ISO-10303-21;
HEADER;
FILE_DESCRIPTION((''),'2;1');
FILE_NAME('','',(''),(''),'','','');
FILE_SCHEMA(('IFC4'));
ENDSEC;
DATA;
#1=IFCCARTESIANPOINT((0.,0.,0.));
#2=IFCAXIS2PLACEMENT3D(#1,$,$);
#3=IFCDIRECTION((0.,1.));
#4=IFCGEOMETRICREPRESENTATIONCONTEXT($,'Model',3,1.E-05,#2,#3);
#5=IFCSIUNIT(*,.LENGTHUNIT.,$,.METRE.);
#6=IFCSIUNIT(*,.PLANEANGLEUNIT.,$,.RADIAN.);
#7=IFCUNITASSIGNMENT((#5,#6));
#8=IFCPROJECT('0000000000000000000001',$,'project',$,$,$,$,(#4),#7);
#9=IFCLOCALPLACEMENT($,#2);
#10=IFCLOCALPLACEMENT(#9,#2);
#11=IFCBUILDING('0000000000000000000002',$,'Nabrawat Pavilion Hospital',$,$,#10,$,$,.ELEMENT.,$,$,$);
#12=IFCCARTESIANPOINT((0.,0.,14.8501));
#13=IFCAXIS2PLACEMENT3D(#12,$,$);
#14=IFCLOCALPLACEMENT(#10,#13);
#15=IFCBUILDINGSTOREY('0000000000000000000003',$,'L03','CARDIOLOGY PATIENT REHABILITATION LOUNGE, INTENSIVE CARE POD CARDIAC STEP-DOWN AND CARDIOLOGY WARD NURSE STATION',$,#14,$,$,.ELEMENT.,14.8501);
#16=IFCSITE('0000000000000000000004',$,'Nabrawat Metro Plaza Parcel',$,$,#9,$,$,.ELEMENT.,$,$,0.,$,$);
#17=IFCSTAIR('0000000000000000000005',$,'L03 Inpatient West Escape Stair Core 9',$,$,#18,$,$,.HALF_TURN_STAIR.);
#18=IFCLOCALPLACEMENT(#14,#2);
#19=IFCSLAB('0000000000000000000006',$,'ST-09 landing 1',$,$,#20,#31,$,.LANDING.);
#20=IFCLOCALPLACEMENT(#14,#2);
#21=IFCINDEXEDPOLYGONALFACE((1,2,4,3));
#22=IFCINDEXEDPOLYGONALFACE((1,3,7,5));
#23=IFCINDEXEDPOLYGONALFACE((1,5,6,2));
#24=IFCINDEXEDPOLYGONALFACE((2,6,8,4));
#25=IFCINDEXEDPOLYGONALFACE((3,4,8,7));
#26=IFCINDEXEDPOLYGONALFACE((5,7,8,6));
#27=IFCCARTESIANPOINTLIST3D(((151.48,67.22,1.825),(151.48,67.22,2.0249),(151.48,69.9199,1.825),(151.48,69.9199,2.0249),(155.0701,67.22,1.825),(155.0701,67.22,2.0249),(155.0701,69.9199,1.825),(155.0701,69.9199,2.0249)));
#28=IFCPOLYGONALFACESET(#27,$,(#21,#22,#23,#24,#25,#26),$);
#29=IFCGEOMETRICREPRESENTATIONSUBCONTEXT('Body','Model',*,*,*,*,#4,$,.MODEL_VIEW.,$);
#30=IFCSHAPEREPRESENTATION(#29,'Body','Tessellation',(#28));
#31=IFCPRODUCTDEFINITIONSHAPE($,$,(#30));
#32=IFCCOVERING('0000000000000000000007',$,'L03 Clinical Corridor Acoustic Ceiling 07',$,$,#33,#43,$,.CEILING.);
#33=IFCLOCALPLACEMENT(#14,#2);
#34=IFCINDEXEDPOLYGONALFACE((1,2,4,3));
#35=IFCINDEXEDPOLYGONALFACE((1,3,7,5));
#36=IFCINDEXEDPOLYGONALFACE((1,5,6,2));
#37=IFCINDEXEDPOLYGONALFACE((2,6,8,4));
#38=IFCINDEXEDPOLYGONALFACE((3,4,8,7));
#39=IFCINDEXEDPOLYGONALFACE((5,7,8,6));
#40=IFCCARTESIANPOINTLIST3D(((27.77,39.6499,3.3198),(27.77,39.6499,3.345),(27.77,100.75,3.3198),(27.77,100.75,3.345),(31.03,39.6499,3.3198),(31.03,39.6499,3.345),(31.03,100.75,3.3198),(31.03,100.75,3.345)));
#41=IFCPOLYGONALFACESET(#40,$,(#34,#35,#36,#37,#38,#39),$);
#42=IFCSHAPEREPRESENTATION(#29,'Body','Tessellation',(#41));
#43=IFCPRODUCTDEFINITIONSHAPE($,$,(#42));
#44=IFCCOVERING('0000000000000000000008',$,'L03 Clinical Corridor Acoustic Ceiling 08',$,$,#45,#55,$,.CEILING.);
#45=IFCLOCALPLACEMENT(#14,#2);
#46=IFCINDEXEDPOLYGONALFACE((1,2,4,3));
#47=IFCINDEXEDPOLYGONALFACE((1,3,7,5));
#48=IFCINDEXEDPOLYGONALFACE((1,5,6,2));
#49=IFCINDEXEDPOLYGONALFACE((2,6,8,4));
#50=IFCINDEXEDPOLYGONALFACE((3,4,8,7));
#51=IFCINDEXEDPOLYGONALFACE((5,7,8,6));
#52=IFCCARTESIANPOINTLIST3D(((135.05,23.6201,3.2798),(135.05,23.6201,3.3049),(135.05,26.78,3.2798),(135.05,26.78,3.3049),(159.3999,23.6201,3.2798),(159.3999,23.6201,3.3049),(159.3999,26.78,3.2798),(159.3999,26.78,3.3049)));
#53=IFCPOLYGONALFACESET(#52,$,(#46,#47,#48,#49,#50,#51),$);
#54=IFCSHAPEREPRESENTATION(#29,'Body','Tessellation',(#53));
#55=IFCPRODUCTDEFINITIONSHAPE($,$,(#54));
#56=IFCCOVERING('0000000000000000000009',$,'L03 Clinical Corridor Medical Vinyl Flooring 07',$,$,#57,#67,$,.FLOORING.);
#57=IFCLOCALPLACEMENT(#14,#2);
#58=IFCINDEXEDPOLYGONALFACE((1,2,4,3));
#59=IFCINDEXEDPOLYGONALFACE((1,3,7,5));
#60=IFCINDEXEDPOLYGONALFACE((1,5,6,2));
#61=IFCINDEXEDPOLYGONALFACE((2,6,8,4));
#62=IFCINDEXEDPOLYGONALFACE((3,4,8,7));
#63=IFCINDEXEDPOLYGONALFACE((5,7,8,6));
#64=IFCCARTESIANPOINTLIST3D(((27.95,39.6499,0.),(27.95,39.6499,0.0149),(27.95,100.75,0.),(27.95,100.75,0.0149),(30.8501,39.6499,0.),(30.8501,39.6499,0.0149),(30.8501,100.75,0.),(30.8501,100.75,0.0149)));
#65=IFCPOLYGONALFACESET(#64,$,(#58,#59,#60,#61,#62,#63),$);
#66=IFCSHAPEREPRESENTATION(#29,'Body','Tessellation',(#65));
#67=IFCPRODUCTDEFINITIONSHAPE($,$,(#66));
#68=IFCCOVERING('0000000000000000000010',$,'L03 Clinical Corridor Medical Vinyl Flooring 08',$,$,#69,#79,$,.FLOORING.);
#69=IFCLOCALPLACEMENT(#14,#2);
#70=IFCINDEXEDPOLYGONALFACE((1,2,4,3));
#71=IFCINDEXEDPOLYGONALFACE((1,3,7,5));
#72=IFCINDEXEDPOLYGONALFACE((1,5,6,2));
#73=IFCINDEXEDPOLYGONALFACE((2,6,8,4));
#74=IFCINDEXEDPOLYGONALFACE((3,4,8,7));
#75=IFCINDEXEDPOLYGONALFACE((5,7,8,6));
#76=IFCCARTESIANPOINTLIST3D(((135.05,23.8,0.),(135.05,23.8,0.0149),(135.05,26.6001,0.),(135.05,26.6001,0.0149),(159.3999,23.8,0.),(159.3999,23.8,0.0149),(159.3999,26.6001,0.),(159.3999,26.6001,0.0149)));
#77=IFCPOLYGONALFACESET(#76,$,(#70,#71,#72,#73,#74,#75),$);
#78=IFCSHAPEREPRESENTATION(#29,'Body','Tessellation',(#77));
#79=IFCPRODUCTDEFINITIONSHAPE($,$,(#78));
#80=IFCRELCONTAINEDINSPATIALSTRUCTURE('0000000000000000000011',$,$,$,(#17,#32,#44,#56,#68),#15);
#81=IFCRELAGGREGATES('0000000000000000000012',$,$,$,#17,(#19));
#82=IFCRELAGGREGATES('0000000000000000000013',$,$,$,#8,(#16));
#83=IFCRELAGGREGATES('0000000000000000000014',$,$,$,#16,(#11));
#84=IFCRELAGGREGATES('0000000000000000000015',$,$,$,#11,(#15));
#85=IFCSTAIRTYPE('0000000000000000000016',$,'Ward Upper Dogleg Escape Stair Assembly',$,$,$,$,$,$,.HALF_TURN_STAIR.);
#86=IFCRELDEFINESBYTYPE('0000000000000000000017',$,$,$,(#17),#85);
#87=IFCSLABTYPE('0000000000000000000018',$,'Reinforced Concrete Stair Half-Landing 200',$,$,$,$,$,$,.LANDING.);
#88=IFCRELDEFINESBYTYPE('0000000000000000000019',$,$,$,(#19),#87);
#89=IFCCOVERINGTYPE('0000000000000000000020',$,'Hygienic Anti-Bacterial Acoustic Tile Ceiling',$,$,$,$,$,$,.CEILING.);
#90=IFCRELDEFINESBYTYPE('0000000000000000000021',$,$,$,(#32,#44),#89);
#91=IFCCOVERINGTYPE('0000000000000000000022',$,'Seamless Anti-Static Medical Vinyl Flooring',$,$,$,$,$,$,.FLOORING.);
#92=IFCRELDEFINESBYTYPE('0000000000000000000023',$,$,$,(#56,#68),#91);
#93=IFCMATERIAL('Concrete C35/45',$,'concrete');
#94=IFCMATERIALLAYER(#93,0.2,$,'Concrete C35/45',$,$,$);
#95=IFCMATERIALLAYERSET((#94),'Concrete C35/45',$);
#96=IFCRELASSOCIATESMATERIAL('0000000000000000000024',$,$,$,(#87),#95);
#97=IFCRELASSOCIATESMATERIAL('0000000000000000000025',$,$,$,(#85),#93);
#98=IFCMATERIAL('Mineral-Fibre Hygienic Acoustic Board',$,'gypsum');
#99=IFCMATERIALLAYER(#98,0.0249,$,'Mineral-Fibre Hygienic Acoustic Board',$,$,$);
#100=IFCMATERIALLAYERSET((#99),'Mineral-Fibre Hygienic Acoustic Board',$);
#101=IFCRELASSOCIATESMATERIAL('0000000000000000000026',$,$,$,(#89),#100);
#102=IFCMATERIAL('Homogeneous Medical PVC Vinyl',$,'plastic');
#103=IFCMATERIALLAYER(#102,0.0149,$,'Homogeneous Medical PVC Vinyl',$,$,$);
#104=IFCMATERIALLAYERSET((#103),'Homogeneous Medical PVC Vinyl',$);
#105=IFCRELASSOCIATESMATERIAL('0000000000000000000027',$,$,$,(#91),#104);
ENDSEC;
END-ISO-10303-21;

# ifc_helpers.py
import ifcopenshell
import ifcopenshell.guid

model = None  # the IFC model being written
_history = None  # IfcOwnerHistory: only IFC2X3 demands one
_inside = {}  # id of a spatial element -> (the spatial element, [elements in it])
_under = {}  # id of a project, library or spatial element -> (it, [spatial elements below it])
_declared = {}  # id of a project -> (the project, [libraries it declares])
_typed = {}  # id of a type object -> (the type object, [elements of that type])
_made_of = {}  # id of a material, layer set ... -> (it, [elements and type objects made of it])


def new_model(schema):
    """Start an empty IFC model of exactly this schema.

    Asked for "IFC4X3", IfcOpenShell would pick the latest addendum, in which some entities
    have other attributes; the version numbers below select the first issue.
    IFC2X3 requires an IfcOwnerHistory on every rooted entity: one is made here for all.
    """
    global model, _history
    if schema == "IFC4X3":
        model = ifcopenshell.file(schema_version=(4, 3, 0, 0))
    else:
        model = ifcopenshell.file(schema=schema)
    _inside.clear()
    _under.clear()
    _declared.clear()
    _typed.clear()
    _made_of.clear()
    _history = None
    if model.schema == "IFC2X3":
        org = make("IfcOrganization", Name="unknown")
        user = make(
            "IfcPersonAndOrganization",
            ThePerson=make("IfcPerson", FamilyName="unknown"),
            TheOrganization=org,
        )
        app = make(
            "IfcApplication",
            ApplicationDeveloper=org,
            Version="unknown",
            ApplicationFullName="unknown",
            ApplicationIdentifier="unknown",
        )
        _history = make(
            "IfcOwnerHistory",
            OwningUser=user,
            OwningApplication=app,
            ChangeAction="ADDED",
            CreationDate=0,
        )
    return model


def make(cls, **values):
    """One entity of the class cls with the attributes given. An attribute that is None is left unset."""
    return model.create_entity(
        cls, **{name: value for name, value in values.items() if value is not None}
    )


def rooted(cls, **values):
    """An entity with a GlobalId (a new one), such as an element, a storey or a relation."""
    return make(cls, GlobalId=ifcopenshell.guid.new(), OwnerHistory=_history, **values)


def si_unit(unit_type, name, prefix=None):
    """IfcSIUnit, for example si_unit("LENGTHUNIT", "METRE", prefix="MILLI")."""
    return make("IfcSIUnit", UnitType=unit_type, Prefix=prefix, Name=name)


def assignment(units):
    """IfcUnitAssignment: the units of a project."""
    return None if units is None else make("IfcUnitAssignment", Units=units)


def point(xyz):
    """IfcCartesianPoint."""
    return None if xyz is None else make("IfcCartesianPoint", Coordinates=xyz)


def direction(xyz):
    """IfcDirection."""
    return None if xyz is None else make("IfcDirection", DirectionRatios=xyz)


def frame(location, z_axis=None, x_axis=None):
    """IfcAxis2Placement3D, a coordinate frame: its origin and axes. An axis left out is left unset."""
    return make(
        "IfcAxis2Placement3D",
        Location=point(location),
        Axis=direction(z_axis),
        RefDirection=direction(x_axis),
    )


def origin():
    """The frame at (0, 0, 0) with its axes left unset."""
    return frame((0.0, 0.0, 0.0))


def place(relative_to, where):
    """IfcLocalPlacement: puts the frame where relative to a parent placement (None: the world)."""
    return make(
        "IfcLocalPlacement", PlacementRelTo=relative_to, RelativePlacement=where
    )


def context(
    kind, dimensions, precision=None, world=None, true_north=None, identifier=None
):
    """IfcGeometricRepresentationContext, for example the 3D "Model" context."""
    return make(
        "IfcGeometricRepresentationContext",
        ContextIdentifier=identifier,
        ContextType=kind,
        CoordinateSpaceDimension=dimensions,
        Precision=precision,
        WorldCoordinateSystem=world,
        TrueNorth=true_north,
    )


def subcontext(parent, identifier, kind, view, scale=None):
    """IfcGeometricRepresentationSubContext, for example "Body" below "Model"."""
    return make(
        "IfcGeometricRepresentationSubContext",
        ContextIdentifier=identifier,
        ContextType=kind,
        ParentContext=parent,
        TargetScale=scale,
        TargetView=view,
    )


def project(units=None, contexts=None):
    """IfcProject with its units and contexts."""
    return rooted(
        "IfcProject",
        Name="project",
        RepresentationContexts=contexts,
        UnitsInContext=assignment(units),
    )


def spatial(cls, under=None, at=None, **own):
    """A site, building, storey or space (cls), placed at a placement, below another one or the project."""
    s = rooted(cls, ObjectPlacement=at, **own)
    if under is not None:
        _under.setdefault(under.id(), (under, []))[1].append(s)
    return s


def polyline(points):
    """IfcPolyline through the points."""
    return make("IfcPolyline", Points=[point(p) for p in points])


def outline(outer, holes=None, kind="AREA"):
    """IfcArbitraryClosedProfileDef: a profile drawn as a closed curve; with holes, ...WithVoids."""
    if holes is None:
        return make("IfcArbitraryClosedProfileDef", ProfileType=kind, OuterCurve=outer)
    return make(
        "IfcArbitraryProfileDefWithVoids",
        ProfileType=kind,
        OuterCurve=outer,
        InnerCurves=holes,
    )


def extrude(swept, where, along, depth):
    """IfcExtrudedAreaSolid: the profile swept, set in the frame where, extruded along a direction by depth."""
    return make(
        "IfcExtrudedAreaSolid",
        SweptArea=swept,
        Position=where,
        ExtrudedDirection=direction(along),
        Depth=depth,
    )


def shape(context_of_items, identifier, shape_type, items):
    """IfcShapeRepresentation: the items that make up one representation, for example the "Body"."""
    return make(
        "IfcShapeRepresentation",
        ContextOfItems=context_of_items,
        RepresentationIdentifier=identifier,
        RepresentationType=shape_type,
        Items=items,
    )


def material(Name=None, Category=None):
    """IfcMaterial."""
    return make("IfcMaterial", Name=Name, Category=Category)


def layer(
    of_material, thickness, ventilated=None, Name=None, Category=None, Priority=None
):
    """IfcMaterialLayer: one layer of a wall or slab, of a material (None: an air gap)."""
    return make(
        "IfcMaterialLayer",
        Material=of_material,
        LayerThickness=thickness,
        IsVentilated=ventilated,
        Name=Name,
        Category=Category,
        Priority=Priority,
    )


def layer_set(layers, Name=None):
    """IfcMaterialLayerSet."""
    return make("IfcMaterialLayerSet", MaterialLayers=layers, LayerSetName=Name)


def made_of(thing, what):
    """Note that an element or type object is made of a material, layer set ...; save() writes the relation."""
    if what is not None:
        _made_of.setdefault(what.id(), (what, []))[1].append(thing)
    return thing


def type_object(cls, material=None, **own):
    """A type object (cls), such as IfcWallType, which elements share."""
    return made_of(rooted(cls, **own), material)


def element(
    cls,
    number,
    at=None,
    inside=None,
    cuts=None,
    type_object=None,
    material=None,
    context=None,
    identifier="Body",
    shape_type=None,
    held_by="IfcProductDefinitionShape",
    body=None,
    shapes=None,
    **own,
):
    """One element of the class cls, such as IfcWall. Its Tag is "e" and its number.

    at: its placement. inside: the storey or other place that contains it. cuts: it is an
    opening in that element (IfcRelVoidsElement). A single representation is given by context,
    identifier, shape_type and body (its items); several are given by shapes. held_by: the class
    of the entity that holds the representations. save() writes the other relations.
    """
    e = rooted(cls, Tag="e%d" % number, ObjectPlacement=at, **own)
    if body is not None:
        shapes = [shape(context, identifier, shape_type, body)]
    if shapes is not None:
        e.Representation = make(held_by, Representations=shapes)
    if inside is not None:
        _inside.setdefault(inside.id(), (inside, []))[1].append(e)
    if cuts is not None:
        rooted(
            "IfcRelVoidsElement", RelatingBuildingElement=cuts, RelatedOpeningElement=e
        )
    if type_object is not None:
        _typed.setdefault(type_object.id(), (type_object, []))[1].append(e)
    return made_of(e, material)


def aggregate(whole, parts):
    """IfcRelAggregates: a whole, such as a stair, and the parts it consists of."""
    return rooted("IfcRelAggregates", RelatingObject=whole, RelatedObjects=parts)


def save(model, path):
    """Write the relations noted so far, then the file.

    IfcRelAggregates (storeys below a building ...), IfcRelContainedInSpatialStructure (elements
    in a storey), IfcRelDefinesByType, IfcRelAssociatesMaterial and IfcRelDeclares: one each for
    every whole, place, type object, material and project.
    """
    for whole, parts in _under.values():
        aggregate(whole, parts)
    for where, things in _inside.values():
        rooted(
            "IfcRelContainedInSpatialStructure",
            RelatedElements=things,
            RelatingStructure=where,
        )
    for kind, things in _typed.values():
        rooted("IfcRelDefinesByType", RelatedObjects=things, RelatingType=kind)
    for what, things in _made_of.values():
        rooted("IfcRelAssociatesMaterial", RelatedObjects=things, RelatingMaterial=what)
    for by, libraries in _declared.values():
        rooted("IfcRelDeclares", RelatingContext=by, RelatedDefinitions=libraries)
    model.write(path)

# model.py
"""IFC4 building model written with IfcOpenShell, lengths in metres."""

from ifc_helpers import new_model, si_unit, direction, frame, origin, place, context, subcontext, project, spatial, polyline, outline, extrude, material, layer, layer_set, type_object, element, aggregate, save


model = new_model("IFC4")

# Units and contexts
model_context = context("Model", 3, precision=1e-05, world=origin(), true_north=direction((0.0, 1.0)))
body_context = subcontext(model_context, "Body", "Model", "MODEL_VIEW")
ifc_project = project(units=[si_unit("LENGTHUNIT", "METRE"), si_unit("PLANEANGLEUNIT", "RADIAN")], contexts=[model_context])

# Site, building, storey
site_placement = place(None, origin())
site = spatial("IfcSite", under=ifc_project, at=site_placement, Name="Nabrawat Metro Plaza Parcel", CompositionType="ELEMENT", RefElevation=0.0)
building_placement = place(site_placement, origin())
building = spatial("IfcBuilding", under=site, at=building_placement, Name="Nabrawat Pavilion Hospital", CompositionType="ELEMENT")
storey_placement = place(building_placement, frame((0.0, 0.0, 14.8501)))
storey = spatial("IfcBuildingStorey", under=building, at=storey_placement, Name="L03", Description="CARDIOLOGY PATIENT REHABILITATION LOUNGE, INTENSIVE CARE POD CARDIAC STEP-DOWN AND CARDIOLOGY WARD NURSE STATION", CompositionType="ELEMENT", Elevation=14.8501)

# Stair, slab
ifc_material_1 = material(Name="Concrete C35/45", Category="concrete")
ifc_layer_1 = layer(ifc_material_1, 0.2, Name="Concrete C35/45")
ifc_layer_set_1 = layer_set([ifc_layer_1], Name="Concrete C35/45")
slab_type = type_object("IfcSlabType", Name="Reinforced Concrete Stair Half-Landing 200", PredefinedType="LANDING", material=ifc_layer_set_1)
stair_type_1 = type_object("IfcStairType", Name="Ward Upper Dogleg Escape Stair Assembly", PredefinedType="HALF_TURN_STAIR", material=ifc_material_1)
stair_1_placement = place(storey_placement, origin())
stair_1 = element("IfcStair", 1, at=stair_1_placement, inside=storey, type_object=stair_type_1, Name="L03 Inpatient West Escape Stair Core 9", PredefinedType="HALF_TURN_STAIR")
slab_1_placement = place(storey_placement, frame((0.0, 0.0, 1.825)))
slab_1 = element("IfcSlab", 2, at=slab_1_placement, type_object=slab_type, Name="ST-09 landing 1", PredefinedType="LANDING", context=body_context, shape_type="SweptSolid", body=[
    extrude(outline(polyline([(155.0701, 67.22), (155.0701, 69.9199), (151.48, 69.9199), (151.48, 67.22), (155.0701, 67.22)])), origin(), (0.0, 0.0, 1.0), 0.2),
])
aggregate(stair_1, [slab_1])

# Coverings
ifc_material_2 = material(Name="Mineral-Fibre Hygienic Acoustic Board", Category="gypsum")
ifc_layer_2 = layer(ifc_material_2, 0.0249, Name="Mineral-Fibre Hygienic Acoustic Board")
ifc_layer_set_2 = layer_set([ifc_layer_2], Name="Mineral-Fibre Hygienic Acoustic Board")
covering_type_1 = type_object("IfcCoveringType", Name="Hygienic Anti-Bacterial Acoustic Tile Ceiling", PredefinedType="CEILING", material=ifc_layer_set_2)
covering_1_placement = place(storey_placement, frame((0.0, 0.0, 3.3198)))
element("IfcCovering", 3, at=covering_1_placement, inside=storey, type_object=covering_type_1, Name="L03 Clinical Corridor Acoustic Ceiling 07", PredefinedType="CEILING", context=body_context, shape_type="SweptSolid", body=[
    extrude(outline(polyline([(31.03, 39.6499), (31.03, 100.75), (27.77, 100.75), (27.77, 39.6499), (31.03, 39.6499)])), origin(), (0.0, 0.0, 1.0), 0.0251),
])
covering_2_placement = place(storey_placement, frame((0.0, 0.0, 3.2798)))
element("IfcCovering", 4, at=covering_2_placement, inside=storey, type_object=covering_type_1, Name="L03 Clinical Corridor Acoustic Ceiling 08", PredefinedType="CEILING", context=body_context, shape_type="SweptSolid", body=[
    extrude(outline(polyline([(159.3999, 23.6201), (159.3999, 26.78), (135.05, 26.78), (135.05, 23.6201), (159.3999, 23.6201)])), origin(), (0.0, 0.0, 1.0), 0.0251),
])
ifc_material_3 = material(Name="Homogeneous Medical PVC Vinyl", Category="plastic")
ifc_layer_3 = layer(ifc_material_3, 0.0149, Name="Homogeneous Medical PVC Vinyl")
ifc_layer_set_3 = layer_set([ifc_layer_3], Name="Homogeneous Medical PVC Vinyl")
covering_type_2 = type_object("IfcCoveringType", Name="Seamless Anti-Static Medical Vinyl Flooring", PredefinedType="FLOORING", material=ifc_layer_set_3)
covering_3_placement = place(storey_placement, origin())
element("IfcCovering", 5, at=covering_3_placement, inside=storey, type_object=covering_type_2, Name="L03 Clinical Corridor Medical Vinyl Flooring 07", PredefinedType="FLOORING", context=body_context, shape_type="SweptSolid", body=[
    extrude(outline(polyline([(30.8501, 39.6499), (30.8501, 100.75), (27.95, 100.75), (27.95, 39.6499), (30.8501, 39.6499)])), origin(), (0.0, 0.0, 1.0), 0.0149),
])
covering_4_placement = place(storey_placement, origin())
element("IfcCovering", 6, at=covering_4_placement, inside=storey, type_object=covering_type_2, Name="L03 Clinical Corridor Medical Vinyl Flooring 08", PredefinedType="FLOORING", context=body_context, shape_type="SweptSolid", body=[
    extrude(outline(polyline([(159.3999, 23.8), (159.3999, 26.6001), (135.05, 26.6001), (135.05, 23.8), (159.3999, 23.8)])), origin(), (0.0, 0.0, 1.0), 0.0149),
])

save(model, "model.ifc")
